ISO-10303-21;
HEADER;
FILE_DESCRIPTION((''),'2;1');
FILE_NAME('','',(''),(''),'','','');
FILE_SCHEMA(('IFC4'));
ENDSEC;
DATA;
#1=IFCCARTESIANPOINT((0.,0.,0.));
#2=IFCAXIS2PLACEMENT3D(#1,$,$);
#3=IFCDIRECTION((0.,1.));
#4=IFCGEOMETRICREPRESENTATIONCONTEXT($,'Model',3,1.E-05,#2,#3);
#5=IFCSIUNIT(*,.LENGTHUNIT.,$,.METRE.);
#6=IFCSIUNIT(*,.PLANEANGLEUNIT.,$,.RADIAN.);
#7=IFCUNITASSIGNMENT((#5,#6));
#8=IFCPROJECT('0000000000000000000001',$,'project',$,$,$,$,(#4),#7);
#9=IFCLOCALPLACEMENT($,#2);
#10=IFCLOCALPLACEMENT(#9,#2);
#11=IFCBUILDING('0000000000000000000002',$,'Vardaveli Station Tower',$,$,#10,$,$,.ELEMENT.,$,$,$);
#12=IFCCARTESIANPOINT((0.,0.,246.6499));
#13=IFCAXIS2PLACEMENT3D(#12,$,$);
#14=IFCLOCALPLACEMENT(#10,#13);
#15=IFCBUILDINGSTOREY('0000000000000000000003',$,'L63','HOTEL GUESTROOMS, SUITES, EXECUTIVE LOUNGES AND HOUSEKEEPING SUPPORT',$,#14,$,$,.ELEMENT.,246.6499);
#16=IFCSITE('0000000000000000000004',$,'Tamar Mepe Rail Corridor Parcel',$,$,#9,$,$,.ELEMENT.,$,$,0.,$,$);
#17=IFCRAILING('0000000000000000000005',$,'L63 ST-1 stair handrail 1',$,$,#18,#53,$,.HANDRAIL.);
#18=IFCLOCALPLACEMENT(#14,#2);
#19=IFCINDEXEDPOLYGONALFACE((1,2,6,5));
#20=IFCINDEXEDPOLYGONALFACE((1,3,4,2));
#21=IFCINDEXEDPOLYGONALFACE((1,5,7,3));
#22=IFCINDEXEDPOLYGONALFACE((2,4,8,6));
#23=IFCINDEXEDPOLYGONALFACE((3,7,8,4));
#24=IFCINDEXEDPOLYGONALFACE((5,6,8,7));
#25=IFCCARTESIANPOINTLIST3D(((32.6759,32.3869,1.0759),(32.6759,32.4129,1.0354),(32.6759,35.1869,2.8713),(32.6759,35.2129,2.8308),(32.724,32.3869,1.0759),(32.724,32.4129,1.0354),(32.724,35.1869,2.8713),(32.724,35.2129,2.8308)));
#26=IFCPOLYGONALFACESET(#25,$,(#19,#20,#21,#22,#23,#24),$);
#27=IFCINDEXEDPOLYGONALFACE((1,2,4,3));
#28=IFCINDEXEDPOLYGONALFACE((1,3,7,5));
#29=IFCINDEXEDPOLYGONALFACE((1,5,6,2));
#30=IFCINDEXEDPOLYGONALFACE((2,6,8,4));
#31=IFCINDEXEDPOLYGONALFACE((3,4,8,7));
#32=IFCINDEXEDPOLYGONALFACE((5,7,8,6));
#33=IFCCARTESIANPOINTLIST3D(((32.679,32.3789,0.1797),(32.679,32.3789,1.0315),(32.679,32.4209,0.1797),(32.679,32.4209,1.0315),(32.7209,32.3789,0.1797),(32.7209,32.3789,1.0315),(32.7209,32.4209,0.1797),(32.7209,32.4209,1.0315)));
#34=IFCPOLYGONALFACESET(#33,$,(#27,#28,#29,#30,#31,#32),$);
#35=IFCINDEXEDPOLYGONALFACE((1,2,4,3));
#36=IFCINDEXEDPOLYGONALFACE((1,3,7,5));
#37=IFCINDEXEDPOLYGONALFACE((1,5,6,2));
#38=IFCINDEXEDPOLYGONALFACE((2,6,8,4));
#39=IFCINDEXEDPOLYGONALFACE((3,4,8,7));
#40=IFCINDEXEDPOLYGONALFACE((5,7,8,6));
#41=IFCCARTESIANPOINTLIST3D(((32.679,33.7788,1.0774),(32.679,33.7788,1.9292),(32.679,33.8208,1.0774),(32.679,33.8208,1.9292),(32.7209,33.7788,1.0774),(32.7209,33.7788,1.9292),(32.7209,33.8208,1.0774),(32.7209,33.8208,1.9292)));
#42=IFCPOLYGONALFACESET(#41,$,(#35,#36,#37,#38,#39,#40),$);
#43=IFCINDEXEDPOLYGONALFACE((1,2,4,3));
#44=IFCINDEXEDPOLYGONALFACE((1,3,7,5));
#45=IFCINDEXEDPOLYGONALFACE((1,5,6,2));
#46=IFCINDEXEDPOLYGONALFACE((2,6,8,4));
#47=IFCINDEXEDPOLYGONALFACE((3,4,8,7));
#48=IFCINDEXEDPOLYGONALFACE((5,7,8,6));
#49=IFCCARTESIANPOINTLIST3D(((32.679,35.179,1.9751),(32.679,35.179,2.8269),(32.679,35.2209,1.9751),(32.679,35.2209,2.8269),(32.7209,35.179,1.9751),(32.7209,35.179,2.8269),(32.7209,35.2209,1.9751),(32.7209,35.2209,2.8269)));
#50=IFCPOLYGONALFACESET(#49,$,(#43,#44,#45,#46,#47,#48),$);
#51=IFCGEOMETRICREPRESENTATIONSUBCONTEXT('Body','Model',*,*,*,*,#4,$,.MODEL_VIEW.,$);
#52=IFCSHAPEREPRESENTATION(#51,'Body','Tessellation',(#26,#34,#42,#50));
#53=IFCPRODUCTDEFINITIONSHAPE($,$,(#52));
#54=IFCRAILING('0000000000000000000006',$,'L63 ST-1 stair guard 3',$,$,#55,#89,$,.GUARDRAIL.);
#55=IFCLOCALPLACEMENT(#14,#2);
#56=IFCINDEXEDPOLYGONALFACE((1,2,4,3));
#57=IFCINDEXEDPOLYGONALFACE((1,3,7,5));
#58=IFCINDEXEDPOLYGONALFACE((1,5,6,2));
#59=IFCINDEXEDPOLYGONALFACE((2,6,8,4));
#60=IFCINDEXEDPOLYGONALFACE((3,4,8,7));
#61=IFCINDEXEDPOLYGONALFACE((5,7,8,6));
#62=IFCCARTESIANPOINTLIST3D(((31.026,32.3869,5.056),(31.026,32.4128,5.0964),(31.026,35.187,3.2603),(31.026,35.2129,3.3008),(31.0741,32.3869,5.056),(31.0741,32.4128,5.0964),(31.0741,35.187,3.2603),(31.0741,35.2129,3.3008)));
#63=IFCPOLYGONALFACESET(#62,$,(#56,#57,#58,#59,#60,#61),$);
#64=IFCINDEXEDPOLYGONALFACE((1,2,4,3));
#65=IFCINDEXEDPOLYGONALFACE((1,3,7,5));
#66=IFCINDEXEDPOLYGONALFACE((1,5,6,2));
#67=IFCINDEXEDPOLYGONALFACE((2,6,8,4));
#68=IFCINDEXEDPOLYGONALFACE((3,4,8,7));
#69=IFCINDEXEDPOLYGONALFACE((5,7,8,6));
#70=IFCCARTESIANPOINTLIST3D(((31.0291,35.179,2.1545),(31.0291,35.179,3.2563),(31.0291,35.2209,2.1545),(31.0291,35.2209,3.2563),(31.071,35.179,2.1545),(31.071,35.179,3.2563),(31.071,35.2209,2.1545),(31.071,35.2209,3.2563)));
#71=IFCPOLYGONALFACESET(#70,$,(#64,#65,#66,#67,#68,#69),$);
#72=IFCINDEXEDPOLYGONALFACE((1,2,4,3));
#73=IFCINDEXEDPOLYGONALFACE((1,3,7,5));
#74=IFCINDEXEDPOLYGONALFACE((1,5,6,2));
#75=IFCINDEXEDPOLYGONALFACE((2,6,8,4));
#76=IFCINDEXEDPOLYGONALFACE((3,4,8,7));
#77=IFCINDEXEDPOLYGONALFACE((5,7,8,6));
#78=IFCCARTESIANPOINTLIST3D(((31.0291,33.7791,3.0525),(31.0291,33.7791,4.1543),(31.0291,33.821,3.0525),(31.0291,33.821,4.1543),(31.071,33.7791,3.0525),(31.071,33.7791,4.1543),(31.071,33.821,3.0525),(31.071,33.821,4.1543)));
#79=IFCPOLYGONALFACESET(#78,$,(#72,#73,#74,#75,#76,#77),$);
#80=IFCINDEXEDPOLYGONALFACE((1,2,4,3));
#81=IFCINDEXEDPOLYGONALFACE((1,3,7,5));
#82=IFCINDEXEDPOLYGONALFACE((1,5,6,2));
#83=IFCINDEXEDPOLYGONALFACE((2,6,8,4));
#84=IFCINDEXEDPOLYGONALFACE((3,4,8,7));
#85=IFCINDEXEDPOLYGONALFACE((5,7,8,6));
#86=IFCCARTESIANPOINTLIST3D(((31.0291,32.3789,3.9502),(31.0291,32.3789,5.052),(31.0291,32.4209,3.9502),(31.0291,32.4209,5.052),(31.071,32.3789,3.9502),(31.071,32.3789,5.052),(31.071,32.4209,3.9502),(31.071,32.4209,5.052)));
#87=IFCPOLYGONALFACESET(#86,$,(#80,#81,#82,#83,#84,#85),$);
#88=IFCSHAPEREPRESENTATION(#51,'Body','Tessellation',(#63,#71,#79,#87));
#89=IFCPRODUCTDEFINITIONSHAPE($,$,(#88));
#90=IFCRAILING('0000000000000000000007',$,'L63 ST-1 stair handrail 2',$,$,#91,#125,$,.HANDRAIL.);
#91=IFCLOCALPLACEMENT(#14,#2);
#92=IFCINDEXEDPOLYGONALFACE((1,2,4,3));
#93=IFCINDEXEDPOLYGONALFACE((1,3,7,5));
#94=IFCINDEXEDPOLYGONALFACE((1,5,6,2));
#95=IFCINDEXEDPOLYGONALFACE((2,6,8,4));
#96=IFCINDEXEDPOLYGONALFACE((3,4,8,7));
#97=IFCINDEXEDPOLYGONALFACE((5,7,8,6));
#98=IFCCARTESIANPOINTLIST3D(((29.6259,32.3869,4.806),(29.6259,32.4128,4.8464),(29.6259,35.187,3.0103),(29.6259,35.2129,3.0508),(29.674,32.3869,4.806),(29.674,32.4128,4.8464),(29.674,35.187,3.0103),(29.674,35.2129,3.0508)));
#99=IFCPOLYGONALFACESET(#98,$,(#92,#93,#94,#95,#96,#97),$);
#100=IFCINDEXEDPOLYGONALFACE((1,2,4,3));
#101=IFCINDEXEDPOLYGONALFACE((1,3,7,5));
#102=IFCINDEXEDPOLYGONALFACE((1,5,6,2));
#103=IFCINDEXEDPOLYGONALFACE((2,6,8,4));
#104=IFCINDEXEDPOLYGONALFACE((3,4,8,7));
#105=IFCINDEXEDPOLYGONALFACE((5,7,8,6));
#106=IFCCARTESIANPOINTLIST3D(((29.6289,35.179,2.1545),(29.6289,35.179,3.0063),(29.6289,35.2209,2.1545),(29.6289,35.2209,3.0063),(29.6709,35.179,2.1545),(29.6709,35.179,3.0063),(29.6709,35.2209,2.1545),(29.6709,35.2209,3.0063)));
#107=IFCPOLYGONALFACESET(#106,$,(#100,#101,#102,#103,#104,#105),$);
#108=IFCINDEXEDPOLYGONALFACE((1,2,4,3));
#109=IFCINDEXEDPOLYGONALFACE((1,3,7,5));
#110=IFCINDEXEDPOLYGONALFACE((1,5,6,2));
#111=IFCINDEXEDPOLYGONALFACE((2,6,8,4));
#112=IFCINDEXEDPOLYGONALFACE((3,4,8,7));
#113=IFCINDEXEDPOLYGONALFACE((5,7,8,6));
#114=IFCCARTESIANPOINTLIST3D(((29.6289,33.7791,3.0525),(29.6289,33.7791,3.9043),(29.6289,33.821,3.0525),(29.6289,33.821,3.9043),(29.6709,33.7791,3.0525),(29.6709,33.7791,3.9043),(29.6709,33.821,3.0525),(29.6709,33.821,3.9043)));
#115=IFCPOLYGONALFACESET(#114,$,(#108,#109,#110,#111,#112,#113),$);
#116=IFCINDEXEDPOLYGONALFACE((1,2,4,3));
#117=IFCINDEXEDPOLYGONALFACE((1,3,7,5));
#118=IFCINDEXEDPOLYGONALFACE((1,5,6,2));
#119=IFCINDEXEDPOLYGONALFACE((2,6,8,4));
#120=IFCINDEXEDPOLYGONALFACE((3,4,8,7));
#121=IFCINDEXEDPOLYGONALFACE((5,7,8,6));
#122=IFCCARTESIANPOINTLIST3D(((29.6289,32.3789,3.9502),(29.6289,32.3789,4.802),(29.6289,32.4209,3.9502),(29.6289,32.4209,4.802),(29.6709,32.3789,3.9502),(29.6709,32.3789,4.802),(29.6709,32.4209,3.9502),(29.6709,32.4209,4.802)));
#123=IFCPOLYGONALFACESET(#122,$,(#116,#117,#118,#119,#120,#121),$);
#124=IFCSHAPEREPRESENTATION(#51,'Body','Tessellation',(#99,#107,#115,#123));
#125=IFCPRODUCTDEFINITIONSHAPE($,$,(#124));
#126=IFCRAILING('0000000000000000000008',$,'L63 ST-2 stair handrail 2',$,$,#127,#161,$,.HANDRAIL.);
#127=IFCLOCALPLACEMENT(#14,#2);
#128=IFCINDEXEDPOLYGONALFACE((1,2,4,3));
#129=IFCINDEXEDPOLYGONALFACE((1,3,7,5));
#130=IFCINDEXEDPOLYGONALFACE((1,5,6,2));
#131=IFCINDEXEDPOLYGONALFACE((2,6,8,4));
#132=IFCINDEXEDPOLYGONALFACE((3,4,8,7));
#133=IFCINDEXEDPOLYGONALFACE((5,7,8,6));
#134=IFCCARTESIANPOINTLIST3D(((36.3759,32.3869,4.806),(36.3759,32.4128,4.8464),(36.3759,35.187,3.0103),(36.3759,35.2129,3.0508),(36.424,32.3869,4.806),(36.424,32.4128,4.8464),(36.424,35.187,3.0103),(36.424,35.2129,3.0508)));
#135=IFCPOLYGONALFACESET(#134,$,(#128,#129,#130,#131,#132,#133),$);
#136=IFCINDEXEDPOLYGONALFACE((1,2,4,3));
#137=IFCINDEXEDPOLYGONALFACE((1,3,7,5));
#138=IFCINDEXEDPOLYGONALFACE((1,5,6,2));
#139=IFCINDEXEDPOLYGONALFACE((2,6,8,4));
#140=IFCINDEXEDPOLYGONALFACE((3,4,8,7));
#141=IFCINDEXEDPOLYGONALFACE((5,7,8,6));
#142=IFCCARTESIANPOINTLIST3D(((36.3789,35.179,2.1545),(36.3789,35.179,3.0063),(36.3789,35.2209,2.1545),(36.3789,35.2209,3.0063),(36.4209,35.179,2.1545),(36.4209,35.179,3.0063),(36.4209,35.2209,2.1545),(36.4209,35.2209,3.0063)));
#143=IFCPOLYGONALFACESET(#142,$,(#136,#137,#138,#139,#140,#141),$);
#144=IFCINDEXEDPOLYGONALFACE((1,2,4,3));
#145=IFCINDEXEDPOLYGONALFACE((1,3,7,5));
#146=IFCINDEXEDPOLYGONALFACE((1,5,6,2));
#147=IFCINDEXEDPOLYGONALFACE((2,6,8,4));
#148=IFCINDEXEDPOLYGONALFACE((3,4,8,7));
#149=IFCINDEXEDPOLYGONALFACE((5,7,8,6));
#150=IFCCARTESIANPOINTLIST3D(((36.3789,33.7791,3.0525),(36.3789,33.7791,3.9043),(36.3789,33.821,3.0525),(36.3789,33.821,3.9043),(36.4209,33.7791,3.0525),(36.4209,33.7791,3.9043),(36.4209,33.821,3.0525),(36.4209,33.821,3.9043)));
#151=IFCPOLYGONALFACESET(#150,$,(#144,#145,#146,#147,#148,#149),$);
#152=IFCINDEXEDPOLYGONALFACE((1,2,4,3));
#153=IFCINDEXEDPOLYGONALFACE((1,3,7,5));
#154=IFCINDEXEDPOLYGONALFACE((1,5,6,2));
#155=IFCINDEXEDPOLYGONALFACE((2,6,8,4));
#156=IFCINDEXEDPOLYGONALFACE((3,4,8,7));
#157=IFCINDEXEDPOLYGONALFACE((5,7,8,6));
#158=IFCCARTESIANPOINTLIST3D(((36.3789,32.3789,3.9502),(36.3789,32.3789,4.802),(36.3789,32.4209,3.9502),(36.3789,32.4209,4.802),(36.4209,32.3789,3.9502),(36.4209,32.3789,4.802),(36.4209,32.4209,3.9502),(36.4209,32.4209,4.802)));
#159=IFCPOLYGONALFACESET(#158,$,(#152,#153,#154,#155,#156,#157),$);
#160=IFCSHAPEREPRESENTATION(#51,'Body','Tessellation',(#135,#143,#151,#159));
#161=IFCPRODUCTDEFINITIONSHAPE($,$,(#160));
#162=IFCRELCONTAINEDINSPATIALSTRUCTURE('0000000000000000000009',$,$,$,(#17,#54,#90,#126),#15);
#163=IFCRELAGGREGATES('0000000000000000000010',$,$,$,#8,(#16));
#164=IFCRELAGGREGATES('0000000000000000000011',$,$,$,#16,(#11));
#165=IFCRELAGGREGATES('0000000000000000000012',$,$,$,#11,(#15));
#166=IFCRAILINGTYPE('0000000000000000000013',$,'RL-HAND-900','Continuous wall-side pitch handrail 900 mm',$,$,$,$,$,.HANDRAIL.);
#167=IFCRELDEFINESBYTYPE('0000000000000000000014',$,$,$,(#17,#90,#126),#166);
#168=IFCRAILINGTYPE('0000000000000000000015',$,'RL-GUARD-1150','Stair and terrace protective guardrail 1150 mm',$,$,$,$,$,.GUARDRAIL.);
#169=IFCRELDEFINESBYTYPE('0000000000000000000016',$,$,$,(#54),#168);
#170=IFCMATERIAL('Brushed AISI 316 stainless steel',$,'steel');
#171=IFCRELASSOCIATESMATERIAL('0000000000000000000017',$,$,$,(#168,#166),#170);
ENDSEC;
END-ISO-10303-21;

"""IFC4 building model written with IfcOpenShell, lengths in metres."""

from ifc_helpers import new_model, si_unit, direction, frame, origin, origin_2d, place, context, subcontext, project, spatial, rectangle, extrude, source, transform, mapped, material, type_object, element, save


model = new_model("IFC4")

# Units and contexts
model_context = context("Model", 3, precision=1e-05, world=origin(), true_north=direction((0.0, 1.0)))
body_context = subcontext(model_context, "Body", "Model", "MODEL_VIEW")
ifc_project = project(units=[si_unit("LENGTHUNIT", "METRE"), si_unit("PLANEANGLEUNIT", "RADIAN")], contexts=[model_context])

# Site, building, storey
site_placement = place(None, origin())
site = spatial("IfcSite", under=ifc_project, at=site_placement, Name="Tamar Mepe Rail Corridor Parcel", CompositionType="ELEMENT", RefElevation=0.0)
building_placement = place(site_placement, origin())
building = spatial("IfcBuilding", under=site, at=building_placement, Name="Vardaveli Station Tower", CompositionType="ELEMENT")
storey_placement = place(building_placement, frame((0.0, 0.0, 246.6499)))
storey = spatial("IfcBuildingStorey", under=building, at=storey_placement, Name="L63", Description="HOTEL GUESTROOMS, SUITES, EXECUTIVE LOUNGES AND HOUSEKEEPING SUPPORT", CompositionType="ELEMENT", Elevation=246.6499)

# Railings
ifc_material_1 = material(Name="Brushed AISI 316 stainless steel", Category="steel")
railing_type_1 = type_object("IfcRailingType", Name="RL-GUARD-1150", Description="Stair and terrace protective guardrail 1150 mm", PredefinedType="GUARDRAIL", material=ifc_material_1)
railing_type_2 = type_object("IfcRailingType", Name="RL-HAND-900", Description="Continuous wall-side pitch handrail 900 mm", PredefinedType="HANDRAIL", material=ifc_material_1)
shared_shape_1 = source(origin(), body_context, "Body", "SweptSolid", [
    extrude(rectangle(XDim=0.0481, YDim=0.0481, at=origin_2d()), frame((0.0, 0.0, 0.876), z_axis=(0.0, 0.84181, 0.539774), x_axis=(-1.0, 0.0, 0.0)), (0.0, 0.0, 1.0), 3.3262),
    extrude(rectangle(XDim=0.042, YDim=0.042, at=origin_2d()), origin(), (0.0, 0.0, 1.0), 0.8518),
    extrude(rectangle(XDim=0.042, YDim=0.042, at=origin_2d()), frame((0.0, 1.3999, 0.8977)), (0.0, 0.0, 1.0), 0.8518),
    extrude(rectangle(XDim=0.042, YDim=0.042, at=origin_2d()), frame((0.0, 2.8, 1.7954)), (0.0, 0.0, 1.0), 0.8518),
])
railing_1_placement = place(storey_placement, frame((32.7, 32.3999, 0.1797)))
element("IfcRailing", 1, at=railing_1_placement, inside=storey, type_object=railing_type_2, Name="L63 ST-1 stair handrail 1", PredefinedType="HANDRAIL", context=body_context, shape_type="MappedRepresentation", body=[
    mapped(shared_shape_1, transform((0.0, 0.0, 0.0), scale=1.0)),
])
shared_shape_2 = source(origin(), body_context, "Body", "SweptSolid", [
    extrude(rectangle(XDim=0.0481, YDim=0.0481, at=origin_2d()), frame((0.0, 0.0, 1.126), z_axis=(0.0, -0.841777, 0.539826), x_axis=(1.0, 0.0, 0.0)), (0.0, 0.0, 1.0), 3.3264),
    extrude(rectangle(XDim=0.042, YDim=0.042, at=origin_2d()), origin(), (0.0, 0.0, 1.0), 1.1018),
    extrude(rectangle(XDim=0.042, YDim=0.042, at=origin_2d()), frame((0.0, -1.3999, 0.8979)), (0.0, 0.0, 1.0), 1.1018),
    extrude(rectangle(XDim=0.042, YDim=0.042, at=origin_2d()), frame((0.0, -2.8, 1.7957)), (0.0, 0.0, 1.0), 1.1018),
])
railing_2_placement = place(storey_placement, frame((31.05, 35.2, 2.1545)))
element("IfcRailing", 2, at=railing_2_placement, inside=storey, type_object=railing_type_1, Name="L63 ST-1 stair guard 3", PredefinedType="GUARDRAIL", context=body_context, shape_type="MappedRepresentation", body=[
    mapped(shared_shape_2, transform((0.0, 0.0, 0.0), scale=1.0)),
])
shared_shape_3 = source(origin(), body_context, "Body", "SweptSolid", [
    extrude(rectangle(XDim=0.0481, YDim=0.0481, at=origin_2d()), frame((0.0, 0.0, 0.876), z_axis=(0.0, -0.841777, 0.539826), x_axis=(1.0, 0.0, 0.0)), (0.0, 0.0, 1.0), 3.3264),
    extrude(rectangle(XDim=0.042, YDim=0.042, at=origin_2d()), origin(), (0.0, 0.0, 1.0), 0.8518),
    extrude(rectangle(XDim=0.042, YDim=0.042, at=origin_2d()), frame((0.0, -1.3999, 0.8979)), (0.0, 0.0, 1.0), 0.8518),
    extrude(rectangle(XDim=0.042, YDim=0.042, at=origin_2d()), frame((0.0, -2.8, 1.7957)), (0.0, 0.0, 1.0), 0.8518),
])
for number, where, name in (
    (3, (29.6499, 35.2, 2.1545), "L63 ST-1 stair handrail 2"),
    (4, (36.3999, 35.2, 2.1545), "L63 ST-2 stair handrail 2"),
):
    element("IfcRailing", number, at=place(storey_placement, frame(where)), inside=storey, type_object=railing_type_2, Name=name, PredefinedType="HANDRAIL", context=body_context, shape_type="MappedRepresentation", body=[
        mapped(shared_shape_3, transform((0.0, 0.0, 0.0), scale=1.0)),
    ])

save(model, "model.ifc")
